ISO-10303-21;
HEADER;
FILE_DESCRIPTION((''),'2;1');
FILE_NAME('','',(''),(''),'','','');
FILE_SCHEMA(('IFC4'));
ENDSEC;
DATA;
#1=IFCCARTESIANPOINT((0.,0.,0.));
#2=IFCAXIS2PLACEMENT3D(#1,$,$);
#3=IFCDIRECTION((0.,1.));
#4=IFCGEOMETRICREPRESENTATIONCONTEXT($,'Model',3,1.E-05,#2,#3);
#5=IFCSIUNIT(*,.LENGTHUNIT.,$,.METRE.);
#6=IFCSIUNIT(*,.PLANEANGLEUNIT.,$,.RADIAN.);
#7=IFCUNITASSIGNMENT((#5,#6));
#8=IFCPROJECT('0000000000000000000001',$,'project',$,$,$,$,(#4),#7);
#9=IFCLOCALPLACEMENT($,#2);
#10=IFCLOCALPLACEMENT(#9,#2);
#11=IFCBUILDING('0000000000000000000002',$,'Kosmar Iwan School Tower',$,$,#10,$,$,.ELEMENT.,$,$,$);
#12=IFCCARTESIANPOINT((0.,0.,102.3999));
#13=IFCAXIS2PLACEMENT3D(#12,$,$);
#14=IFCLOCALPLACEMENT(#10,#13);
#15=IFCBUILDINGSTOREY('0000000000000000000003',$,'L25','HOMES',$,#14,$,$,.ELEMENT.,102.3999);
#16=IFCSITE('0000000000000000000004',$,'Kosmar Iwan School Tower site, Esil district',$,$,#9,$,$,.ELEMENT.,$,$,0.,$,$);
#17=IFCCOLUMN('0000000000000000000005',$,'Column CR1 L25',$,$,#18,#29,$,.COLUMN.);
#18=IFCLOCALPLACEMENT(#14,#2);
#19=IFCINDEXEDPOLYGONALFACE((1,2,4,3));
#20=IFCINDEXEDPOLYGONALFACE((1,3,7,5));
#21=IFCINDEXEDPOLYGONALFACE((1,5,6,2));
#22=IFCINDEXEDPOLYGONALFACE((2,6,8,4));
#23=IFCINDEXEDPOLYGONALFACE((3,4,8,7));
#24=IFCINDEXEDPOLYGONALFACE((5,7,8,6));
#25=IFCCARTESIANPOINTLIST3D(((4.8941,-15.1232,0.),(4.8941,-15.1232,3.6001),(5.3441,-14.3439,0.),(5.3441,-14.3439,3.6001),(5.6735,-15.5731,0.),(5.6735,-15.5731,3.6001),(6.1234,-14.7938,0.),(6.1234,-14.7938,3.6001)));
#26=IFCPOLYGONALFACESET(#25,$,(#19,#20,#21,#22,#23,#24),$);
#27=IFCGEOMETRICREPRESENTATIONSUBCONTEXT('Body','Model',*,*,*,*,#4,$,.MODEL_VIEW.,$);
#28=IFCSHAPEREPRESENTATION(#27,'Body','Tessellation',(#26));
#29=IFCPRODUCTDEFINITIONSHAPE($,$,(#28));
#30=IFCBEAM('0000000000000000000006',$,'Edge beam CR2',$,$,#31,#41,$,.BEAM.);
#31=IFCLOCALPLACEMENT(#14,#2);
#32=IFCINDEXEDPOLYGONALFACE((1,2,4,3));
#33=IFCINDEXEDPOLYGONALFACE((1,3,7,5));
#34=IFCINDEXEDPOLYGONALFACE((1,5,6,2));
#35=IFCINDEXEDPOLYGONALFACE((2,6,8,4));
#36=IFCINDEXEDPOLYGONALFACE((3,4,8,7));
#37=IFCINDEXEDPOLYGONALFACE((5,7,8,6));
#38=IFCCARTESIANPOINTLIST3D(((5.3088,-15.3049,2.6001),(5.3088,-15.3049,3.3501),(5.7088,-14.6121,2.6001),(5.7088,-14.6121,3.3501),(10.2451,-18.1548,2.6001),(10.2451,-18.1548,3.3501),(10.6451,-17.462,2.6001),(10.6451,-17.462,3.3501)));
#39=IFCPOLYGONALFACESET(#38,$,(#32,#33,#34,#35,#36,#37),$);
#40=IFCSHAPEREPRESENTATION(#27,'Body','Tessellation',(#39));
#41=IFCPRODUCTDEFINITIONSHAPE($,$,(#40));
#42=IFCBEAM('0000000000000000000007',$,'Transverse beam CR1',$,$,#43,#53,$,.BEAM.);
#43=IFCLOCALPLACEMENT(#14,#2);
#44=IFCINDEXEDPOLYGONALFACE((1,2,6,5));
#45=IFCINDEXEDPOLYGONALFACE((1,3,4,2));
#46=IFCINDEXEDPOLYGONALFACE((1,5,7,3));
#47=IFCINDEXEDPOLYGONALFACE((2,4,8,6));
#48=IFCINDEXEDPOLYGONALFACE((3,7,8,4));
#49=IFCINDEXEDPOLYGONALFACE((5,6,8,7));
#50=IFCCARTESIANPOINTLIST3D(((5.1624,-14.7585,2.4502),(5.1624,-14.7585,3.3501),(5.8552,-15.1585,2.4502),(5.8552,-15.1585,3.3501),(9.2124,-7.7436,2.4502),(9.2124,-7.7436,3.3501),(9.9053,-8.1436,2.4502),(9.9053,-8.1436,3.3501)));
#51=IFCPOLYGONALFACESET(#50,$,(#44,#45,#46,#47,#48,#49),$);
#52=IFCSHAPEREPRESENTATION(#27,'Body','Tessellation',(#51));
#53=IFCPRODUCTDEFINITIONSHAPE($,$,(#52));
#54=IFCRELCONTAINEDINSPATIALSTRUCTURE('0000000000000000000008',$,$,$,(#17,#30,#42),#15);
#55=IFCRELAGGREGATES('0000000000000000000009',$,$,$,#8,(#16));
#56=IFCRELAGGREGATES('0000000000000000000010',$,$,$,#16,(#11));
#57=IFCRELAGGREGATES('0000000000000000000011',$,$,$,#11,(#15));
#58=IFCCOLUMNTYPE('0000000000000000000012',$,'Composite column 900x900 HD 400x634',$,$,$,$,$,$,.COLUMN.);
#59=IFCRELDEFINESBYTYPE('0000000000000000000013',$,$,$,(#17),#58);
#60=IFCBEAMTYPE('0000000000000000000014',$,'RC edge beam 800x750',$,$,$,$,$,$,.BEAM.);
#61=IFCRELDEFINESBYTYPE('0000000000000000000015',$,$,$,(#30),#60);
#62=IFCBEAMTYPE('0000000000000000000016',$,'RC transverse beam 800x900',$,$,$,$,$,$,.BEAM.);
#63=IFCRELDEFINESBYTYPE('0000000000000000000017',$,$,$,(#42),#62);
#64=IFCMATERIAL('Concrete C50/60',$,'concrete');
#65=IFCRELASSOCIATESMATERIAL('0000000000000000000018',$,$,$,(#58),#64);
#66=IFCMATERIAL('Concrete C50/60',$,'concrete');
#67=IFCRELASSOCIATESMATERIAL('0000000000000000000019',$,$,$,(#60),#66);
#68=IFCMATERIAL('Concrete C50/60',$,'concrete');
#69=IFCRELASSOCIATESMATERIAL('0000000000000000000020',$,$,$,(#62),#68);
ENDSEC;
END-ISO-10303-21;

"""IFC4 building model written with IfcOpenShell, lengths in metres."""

from ifc_helpers import new_model, si_unit, direction, frame, origin, origin_2d, place, context, subcontext, project, spatial, rectangle, extrude, material, material_profile, profile_set, type_object, element, save


model = new_model("IFC4")

# Units and contexts
model_context = context("Model", 3, precision=1e-05, world=origin(), true_north=direction((0.0, 1.0)))
body_context = subcontext(model_context, "Body", "Model", "MODEL_VIEW")
ifc_project = project(units=[si_unit("LENGTHUNIT", "METRE"), si_unit("PLANEANGLEUNIT", "RADIAN")], contexts=[model_context])

# Site, building, storey
site_placement = place(None, origin())
site = spatial("IfcSite", under=ifc_project, at=site_placement, Name="Kosmar Iwan School Tower site, Esil district", CompositionType="ELEMENT", RefElevation=0.0)
building_placement = place(site_placement, origin())
building = spatial("IfcBuilding", under=site, at=building_placement, Name="Kosmar Iwan School Tower", CompositionType="ELEMENT")
storey_placement = place(building_placement, frame((0.0, 0.0, 102.3999)))
storey = spatial("IfcBuildingStorey", under=building, at=storey_placement, Name="L25", Description="HOMES", CompositionType="ELEMENT", Elevation=102.3999)

# Column
ifc_material_1 = material(Name="Concrete C50/60", Category="concrete")
ifc_material_profile_1 = material_profile(ifc_material_1, rectangle(XDim=0.8999, YDim=0.8999, at=origin_2d()), Name="RC 900x900 + HD 400x634")
ifc_profile_set_1 = profile_set([ifc_material_profile_1], Name="Concrete C50/60")
column_type = type_object("IfcColumnType", Name="Composite column 900x900 HD 400x634", PredefinedType="COLUMN", material=ifc_profile_set_1)
column_placement = place(storey_placement, frame((5.5088, -14.9585, 0.0), z_axis=(0.0, 0.0, 1.0), x_axis=(0.866025, -0.5, 0.0)))
element("IfcColumn", 1, at=column_placement, inside=storey, type_object=column_type, Name="Column CR1 L25", PredefinedType="COLUMN", context=body_context, shape_type="SweptSolid", body=[
    extrude(rectangle(XDim=0.8999, YDim=0.8999, at=origin_2d()), origin(), (0.0, 0.0, 1.0), 3.6001),
])

# Beams
ifc_material_2 = material(Name="Concrete C50/60", Category="concrete")
ifc_material_profile_2 = material_profile(ifc_material_2, rectangle(XDim=0.8, YDim=0.75, at=origin_2d()), Name="RC 800x750")
ifc_profile_set_2 = profile_set([ifc_material_profile_2], Name="Concrete C50/60")
beam_type_1 = type_object("IfcBeamType", Name="RC edge beam 800x750", PredefinedType="BEAM", material=ifc_profile_set_2)
beam_1_placement = place(storey_placement, frame((5.5088, -14.9585, 2.9751), z_axis=(0.866034, -0.499986, 0.0), x_axis=(0.499986, 0.866034, 0.0)))
element("IfcBeam", 2, at=beam_1_placement, inside=storey, type_object=beam_type_1, Name="Edge beam CR2", PredefinedType="BEAM", context=body_context, shape_type="SweptSolid", body=[
    extrude(rectangle(XDim=0.8, YDim=0.75, at=origin_2d()), origin(), (0.0, 0.0, 1.0), 5.7),
])
ifc_material_3 = material(Name="Concrete C50/60", Category="concrete")
ifc_material_profile_3 = material_profile(ifc_material_3, rectangle(XDim=0.8, YDim=0.8999, at=origin_2d()), Name="RC 800x900")
ifc_profile_set_3 = profile_set([ifc_material_profile_3], Name="Concrete C50/60")
beam_type_2 = type_object("IfcBeamType", Name="RC transverse beam 800x900", PredefinedType="BEAM", material=ifc_profile_set_3)
beam_2_placement = place(storey_placement, frame((5.5088, -14.9585, 2.9001), z_axis=(0.5, 0.866025, 0.0), x_axis=(-0.866025, 0.5, 0.0)))
element("IfcBeam", 3, at=beam_2_placement, inside=storey, type_object=beam_type_2, Name="Transverse beam CR1", PredefinedType="BEAM", context=body_context, shape_type="SweptSolid", body=[
    extrude(rectangle(XDim=0.8, YDim=0.8999, at=origin_2d()), origin(), (0.0, 0.0, 1.0), 8.1001),
])

save(model, "model.ifc")
